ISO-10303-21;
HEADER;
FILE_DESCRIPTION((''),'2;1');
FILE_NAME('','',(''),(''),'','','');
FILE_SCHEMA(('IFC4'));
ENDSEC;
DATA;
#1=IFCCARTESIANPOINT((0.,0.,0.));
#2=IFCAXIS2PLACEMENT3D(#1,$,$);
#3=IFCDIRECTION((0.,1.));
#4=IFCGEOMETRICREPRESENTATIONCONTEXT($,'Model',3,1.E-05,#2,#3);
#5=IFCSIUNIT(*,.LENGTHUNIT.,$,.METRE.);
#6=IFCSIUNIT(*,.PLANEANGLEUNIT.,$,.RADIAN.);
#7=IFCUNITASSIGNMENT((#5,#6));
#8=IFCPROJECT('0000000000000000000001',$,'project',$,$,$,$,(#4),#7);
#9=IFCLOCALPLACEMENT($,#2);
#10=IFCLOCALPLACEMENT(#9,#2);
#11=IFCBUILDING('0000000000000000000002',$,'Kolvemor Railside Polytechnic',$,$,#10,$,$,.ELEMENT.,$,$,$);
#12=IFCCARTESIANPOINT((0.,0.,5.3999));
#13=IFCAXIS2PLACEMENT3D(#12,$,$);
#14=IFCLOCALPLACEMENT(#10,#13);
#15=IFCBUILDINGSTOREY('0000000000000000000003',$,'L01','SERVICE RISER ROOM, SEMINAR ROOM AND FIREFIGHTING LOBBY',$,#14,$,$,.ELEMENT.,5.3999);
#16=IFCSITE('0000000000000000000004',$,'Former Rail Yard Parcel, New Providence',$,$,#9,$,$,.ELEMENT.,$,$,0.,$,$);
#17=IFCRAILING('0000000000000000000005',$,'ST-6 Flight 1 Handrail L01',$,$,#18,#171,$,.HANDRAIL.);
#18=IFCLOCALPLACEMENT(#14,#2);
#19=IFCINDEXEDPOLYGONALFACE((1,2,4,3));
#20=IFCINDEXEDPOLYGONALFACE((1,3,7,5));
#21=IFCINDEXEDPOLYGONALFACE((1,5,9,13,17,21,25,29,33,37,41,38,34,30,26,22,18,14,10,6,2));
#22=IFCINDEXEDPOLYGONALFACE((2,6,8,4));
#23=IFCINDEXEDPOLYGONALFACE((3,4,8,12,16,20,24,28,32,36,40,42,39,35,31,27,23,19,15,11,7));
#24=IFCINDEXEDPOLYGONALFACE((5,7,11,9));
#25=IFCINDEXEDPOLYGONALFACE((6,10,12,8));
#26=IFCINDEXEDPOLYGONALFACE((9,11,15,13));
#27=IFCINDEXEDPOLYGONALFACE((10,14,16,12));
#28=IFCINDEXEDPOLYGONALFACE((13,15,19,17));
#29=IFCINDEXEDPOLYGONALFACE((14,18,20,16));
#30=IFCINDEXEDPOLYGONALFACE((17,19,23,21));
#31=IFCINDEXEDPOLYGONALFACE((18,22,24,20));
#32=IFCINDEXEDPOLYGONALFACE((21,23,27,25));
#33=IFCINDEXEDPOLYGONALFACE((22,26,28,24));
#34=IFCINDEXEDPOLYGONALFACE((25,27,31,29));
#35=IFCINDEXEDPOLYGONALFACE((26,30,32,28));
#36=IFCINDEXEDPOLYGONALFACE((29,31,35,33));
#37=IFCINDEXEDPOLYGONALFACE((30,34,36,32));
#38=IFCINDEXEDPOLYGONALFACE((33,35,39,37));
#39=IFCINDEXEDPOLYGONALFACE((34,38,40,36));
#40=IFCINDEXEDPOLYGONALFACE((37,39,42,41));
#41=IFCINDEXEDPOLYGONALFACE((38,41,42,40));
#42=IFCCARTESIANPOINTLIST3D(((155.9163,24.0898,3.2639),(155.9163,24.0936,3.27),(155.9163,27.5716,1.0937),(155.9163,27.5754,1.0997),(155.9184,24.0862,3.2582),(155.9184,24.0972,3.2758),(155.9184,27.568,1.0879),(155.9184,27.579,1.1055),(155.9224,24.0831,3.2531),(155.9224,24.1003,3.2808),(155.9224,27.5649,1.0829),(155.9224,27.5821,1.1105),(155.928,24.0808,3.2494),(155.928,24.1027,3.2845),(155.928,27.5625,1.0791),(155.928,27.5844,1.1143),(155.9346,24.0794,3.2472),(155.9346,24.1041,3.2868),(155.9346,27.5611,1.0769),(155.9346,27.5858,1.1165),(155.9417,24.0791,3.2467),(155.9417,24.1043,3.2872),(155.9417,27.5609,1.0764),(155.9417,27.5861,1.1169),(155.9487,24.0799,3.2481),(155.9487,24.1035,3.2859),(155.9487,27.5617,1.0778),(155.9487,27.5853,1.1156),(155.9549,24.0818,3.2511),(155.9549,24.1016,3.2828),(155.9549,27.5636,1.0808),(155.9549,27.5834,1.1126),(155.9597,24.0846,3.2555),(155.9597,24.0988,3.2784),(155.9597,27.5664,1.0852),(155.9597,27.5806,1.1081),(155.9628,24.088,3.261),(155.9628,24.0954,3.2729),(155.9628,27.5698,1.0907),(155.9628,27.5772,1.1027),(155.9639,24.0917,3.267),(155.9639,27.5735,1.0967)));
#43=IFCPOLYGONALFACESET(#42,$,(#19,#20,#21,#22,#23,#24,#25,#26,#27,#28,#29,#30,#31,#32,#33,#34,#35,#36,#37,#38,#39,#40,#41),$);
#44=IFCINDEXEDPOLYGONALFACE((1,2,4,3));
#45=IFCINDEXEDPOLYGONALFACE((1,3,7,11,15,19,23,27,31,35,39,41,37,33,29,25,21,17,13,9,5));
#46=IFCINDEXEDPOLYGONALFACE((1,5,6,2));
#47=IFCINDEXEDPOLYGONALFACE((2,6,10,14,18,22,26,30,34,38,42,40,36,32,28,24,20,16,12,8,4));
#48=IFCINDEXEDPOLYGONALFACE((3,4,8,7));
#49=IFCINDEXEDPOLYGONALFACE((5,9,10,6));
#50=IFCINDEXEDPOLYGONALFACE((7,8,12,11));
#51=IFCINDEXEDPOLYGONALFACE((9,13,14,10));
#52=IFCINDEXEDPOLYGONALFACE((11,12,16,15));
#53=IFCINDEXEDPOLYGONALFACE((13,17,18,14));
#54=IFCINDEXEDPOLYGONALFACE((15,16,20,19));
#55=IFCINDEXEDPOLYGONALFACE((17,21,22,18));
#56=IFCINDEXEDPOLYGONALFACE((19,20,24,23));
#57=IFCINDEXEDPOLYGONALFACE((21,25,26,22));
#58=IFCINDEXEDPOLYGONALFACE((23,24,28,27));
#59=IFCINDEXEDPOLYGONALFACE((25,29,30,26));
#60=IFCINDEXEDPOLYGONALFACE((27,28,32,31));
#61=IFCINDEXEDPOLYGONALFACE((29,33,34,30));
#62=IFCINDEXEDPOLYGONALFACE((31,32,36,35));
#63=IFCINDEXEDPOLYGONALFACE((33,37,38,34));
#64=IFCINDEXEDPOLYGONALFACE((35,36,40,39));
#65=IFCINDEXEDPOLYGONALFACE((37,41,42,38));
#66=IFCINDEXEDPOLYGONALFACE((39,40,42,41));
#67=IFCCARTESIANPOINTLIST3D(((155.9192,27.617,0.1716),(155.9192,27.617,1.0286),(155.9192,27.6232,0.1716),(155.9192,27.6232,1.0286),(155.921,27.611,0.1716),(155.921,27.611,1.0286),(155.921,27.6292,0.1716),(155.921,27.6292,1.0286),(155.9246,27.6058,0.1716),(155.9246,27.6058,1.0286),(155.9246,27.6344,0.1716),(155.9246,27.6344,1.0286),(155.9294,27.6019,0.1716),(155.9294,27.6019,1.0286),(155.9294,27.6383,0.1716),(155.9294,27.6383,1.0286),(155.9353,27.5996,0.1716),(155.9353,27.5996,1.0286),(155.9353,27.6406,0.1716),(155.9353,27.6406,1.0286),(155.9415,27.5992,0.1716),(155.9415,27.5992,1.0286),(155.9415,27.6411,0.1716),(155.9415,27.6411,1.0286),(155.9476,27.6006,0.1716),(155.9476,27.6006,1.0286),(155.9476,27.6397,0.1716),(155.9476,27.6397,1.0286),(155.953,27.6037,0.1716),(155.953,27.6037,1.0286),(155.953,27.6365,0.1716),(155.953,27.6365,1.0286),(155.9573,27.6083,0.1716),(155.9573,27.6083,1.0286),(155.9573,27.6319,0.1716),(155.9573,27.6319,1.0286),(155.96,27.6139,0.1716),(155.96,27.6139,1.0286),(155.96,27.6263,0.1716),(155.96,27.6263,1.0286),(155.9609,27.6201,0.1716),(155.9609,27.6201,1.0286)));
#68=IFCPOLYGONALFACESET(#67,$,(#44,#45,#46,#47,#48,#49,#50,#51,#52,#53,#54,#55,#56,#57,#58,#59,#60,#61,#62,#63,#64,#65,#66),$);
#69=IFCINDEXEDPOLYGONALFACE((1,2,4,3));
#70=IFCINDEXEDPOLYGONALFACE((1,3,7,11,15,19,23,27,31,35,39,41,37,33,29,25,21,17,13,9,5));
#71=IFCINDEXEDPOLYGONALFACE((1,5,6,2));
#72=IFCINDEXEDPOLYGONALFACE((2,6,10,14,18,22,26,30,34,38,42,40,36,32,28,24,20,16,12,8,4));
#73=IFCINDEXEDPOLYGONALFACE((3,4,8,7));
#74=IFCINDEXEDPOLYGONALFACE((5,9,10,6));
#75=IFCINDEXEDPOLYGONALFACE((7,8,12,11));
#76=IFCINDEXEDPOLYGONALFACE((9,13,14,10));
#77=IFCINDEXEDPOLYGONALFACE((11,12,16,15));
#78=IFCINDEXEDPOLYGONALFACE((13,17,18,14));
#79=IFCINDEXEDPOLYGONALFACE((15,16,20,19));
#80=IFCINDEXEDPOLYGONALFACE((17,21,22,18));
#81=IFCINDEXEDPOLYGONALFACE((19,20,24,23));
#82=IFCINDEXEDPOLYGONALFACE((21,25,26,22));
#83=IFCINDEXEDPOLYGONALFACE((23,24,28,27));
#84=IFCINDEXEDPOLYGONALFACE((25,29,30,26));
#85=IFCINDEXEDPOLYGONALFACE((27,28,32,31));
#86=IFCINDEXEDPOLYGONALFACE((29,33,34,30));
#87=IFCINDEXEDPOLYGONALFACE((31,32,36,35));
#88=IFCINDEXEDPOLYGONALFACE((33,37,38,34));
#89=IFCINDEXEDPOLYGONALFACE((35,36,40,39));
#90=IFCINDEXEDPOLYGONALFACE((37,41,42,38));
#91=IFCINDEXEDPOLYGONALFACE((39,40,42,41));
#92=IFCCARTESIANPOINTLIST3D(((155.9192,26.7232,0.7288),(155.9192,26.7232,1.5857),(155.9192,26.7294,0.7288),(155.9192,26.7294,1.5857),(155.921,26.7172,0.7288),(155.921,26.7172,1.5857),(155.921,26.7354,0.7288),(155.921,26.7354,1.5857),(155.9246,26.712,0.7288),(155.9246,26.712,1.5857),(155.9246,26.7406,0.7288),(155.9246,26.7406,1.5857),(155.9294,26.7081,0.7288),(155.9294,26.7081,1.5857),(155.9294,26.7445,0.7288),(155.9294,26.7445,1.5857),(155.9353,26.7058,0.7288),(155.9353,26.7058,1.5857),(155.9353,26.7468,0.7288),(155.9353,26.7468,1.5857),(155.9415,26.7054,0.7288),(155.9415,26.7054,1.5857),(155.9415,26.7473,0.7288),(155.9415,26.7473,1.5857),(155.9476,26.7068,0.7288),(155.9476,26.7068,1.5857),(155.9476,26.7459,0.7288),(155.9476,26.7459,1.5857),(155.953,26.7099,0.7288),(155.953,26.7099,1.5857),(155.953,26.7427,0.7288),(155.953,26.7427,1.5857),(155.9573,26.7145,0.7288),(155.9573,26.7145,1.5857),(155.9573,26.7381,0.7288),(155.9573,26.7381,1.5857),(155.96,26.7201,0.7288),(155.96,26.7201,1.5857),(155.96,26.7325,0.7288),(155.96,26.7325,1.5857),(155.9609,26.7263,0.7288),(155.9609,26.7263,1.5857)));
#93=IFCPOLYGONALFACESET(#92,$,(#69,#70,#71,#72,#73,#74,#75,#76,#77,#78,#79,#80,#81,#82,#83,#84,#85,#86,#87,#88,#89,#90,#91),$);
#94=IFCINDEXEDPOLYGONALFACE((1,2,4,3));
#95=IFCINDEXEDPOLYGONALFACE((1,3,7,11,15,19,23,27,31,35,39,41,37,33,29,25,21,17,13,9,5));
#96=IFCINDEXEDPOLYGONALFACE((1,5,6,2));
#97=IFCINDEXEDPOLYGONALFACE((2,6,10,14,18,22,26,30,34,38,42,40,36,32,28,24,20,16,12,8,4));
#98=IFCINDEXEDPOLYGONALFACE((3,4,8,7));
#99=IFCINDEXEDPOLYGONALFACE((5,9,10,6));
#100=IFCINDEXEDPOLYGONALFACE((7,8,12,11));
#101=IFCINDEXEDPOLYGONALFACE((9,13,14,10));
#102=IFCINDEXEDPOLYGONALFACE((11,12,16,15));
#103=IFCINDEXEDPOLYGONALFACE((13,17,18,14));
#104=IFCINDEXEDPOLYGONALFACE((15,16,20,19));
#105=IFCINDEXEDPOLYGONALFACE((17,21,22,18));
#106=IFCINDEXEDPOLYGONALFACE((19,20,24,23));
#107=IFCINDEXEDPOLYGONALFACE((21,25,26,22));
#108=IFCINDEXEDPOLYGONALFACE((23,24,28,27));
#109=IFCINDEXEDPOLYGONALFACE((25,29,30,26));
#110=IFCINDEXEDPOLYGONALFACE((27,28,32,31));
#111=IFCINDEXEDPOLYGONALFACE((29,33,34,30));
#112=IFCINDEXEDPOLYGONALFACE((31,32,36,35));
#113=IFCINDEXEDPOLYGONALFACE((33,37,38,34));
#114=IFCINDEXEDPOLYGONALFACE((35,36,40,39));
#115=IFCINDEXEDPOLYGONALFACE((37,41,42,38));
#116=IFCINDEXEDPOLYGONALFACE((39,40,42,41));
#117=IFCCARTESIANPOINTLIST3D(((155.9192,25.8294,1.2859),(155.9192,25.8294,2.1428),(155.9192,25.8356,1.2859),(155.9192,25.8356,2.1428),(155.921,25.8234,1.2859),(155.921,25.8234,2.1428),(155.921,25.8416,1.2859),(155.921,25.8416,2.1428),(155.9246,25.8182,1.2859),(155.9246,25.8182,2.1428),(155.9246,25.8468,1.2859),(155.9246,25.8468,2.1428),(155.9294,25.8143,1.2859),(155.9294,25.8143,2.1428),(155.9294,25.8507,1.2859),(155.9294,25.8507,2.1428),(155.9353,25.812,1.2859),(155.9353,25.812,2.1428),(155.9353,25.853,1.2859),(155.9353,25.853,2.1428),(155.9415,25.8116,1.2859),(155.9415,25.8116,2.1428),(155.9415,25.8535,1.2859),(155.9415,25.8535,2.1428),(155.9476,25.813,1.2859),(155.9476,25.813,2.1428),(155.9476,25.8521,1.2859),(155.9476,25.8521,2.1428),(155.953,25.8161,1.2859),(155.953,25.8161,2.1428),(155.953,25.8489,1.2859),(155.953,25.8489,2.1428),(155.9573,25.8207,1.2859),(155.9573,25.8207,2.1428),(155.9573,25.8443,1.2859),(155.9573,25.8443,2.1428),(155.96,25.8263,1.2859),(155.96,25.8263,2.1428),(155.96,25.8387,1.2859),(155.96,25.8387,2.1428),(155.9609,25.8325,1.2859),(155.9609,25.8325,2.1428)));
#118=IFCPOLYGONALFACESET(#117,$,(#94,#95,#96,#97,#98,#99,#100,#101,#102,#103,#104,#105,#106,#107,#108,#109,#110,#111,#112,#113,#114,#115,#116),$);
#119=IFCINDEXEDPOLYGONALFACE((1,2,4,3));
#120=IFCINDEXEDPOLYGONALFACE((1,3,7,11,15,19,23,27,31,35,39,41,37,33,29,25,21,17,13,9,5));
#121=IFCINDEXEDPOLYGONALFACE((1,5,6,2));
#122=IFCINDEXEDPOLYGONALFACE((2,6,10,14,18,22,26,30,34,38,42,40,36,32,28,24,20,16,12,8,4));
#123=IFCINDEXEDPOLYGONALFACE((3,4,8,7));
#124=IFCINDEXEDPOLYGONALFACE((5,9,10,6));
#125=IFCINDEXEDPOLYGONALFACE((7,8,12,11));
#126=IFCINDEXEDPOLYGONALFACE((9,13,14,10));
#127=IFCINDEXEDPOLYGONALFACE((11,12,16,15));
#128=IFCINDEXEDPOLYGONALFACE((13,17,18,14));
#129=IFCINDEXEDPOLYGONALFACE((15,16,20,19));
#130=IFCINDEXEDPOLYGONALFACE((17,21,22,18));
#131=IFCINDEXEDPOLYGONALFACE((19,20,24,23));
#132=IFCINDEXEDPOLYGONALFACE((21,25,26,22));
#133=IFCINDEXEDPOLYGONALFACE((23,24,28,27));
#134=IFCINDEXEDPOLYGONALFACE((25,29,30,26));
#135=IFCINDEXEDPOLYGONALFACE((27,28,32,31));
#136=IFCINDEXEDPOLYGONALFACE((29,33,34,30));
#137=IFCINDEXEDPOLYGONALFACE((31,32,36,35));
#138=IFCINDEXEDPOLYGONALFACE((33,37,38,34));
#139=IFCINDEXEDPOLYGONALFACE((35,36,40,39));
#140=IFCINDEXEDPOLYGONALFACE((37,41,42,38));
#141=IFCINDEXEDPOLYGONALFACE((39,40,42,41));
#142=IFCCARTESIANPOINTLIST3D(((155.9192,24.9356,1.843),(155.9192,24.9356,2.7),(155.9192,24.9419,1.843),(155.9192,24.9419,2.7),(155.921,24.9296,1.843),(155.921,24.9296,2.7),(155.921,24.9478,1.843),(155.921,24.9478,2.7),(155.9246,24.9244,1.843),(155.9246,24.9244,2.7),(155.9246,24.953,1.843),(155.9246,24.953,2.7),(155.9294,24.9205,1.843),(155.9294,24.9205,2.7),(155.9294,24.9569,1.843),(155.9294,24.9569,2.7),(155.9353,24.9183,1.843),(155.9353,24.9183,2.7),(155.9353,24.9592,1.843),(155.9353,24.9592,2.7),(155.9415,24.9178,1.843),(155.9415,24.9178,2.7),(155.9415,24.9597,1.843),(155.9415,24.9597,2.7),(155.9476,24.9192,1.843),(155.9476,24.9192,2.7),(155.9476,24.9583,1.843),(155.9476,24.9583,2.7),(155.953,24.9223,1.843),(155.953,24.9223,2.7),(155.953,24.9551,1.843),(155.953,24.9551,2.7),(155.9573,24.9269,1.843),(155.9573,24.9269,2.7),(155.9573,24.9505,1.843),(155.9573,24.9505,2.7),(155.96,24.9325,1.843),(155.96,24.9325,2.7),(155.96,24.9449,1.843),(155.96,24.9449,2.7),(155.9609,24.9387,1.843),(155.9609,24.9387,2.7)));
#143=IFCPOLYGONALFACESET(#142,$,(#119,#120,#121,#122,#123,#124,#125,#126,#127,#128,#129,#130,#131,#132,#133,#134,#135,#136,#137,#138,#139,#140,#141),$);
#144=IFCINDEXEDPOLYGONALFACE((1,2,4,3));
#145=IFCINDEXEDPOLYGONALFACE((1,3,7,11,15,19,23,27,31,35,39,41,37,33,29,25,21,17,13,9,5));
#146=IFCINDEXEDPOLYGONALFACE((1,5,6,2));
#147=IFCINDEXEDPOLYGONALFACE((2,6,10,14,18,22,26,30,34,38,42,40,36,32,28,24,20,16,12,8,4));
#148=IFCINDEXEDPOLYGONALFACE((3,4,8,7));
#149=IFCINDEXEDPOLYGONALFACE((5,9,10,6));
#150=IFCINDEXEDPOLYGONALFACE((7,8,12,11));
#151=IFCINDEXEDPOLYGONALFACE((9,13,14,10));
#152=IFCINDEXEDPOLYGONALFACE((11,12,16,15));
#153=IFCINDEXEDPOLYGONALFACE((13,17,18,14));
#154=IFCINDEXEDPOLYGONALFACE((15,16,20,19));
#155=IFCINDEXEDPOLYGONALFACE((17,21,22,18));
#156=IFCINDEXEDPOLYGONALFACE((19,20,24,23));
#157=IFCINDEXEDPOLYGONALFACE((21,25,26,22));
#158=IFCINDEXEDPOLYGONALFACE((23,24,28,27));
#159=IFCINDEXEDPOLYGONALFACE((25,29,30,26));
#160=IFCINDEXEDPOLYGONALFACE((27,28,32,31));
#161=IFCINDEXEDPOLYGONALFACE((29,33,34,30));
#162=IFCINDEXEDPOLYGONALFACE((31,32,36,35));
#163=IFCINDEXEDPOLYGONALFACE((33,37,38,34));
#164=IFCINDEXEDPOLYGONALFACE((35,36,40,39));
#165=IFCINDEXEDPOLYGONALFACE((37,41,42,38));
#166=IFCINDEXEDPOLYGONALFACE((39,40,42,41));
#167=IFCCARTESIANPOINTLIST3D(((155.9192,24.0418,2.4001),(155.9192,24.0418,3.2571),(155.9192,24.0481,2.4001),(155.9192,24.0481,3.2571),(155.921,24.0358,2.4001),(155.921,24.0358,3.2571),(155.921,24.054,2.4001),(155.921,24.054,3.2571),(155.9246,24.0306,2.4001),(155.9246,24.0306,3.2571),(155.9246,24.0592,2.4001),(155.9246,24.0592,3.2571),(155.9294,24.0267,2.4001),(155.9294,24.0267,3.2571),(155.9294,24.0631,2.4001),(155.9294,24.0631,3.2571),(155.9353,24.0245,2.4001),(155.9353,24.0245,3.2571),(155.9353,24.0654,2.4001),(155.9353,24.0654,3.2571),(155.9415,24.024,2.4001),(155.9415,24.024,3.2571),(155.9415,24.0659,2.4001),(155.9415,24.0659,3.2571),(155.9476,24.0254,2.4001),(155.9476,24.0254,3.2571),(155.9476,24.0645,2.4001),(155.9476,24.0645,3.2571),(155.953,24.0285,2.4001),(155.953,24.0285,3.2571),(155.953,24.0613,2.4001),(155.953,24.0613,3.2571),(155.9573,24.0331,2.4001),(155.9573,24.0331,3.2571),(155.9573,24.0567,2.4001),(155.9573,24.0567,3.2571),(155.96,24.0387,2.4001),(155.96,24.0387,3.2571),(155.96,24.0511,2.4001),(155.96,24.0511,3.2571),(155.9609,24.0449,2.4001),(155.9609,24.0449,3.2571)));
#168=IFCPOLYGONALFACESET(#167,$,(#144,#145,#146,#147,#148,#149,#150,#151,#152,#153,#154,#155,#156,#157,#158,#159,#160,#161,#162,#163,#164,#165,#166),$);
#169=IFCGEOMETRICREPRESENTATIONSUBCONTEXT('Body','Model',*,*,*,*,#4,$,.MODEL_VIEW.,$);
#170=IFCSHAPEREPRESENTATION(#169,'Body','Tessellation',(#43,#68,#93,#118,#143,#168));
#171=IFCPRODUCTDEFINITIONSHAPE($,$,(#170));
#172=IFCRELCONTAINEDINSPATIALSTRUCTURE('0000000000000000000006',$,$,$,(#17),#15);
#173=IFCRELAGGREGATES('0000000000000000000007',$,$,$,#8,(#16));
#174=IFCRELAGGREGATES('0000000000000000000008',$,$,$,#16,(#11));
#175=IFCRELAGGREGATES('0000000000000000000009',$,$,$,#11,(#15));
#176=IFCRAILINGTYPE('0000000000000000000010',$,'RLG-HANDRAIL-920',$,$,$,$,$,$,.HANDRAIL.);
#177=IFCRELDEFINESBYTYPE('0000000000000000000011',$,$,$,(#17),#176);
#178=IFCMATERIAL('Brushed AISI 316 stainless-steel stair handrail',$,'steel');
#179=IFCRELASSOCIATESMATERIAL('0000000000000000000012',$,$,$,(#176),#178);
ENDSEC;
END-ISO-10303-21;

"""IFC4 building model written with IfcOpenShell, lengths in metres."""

from ifc_helpers import new_model, si_unit, direction, frame, origin, origin_2d, place, context, subcontext, project, spatial, circle, extrude, material, type_object, element, save


model = new_model("IFC4")

# Units and contexts
model_context = context("Model", 3, precision=1e-05, world=origin(), true_north=direction((0.0, 1.0)))
body_context = subcontext(model_context, "Body", "Model", "MODEL_VIEW")
ifc_project = project(units=[si_unit("LENGTHUNIT", "METRE"), si_unit("PLANEANGLEUNIT", "RADIAN")], contexts=[model_context])

# Site, building, storey
site_placement = place(None, origin())
site = spatial("IfcSite", under=ifc_project, at=site_placement, Name="Former Rail Yard Parcel, New Providence", CompositionType="ELEMENT", RefElevation=0.0)
building_placement = place(site_placement, origin())
building = spatial("IfcBuilding", under=site, at=building_placement, Name="Kolvemor Railside Polytechnic", CompositionType="ELEMENT")
storey_placement = place(building_placement, frame((0.0, 0.0, 5.3999)))
storey = spatial("IfcBuildingStorey", under=building, at=storey_placement, Name="L01", Description="SERVICE RISER ROOM, SEMINAR ROOM AND FIREFIGHTING LOBBY", CompositionType="ELEMENT", Elevation=5.3999)

# Railing
ifc_material_1 = material(Name="Brushed AISI 316 stainless-steel stair handrail", Category="steel")
railing_type_1 = type_object("IfcRailingType", Name="RLG-HANDRAIL-920", PredefinedType="HANDRAIL", material=ifc_material_1)
railing_1_placement = place(storey_placement, frame((155.9399, 27.6201, 0.1716)))
element("IfcRailing", 1, at=railing_1_placement, inside=storey, type_object=railing_type_1, Name="ST-6 Flight 1 Handrail L01", PredefinedType="HANDRAIL", context=body_context, shape_type="SweptSolid", body=[
    extrude(circle(Radius=0.0239, at=origin_2d()), frame((0.0, -0.0466, 0.925), z_axis=(0.0, -0.848636, 0.528978), x_axis=(1.0, 0.0, 0.0)), (0.0, 0.0, 1.0), 4.1028),
    extrude(circle(Radius=0.021, at=origin_2d()), origin(), (0.0, 0.0, 1.0), 0.8569),
    extrude(circle(Radius=0.021, at=origin_2d()), frame((0.0, -0.8938, 0.5571)), (0.0, 0.0, 1.0), 0.8569),
    extrude(circle(Radius=0.021, at=origin_2d()), frame((0.0, -1.7876, 1.1143)), (0.0, 0.0, 1.0), 0.8569),
    extrude(circle(Radius=0.021, at=origin_2d()), frame((0.0, -2.6814, 1.6714)), (0.0, 0.0, 1.0), 0.8569),
    extrude(circle(Radius=0.021, at=origin_2d()), frame((0.0, -3.5752, 2.2285)), (0.0, 0.0, 1.0), 0.8569),
])

save(model, "model.ifc")
